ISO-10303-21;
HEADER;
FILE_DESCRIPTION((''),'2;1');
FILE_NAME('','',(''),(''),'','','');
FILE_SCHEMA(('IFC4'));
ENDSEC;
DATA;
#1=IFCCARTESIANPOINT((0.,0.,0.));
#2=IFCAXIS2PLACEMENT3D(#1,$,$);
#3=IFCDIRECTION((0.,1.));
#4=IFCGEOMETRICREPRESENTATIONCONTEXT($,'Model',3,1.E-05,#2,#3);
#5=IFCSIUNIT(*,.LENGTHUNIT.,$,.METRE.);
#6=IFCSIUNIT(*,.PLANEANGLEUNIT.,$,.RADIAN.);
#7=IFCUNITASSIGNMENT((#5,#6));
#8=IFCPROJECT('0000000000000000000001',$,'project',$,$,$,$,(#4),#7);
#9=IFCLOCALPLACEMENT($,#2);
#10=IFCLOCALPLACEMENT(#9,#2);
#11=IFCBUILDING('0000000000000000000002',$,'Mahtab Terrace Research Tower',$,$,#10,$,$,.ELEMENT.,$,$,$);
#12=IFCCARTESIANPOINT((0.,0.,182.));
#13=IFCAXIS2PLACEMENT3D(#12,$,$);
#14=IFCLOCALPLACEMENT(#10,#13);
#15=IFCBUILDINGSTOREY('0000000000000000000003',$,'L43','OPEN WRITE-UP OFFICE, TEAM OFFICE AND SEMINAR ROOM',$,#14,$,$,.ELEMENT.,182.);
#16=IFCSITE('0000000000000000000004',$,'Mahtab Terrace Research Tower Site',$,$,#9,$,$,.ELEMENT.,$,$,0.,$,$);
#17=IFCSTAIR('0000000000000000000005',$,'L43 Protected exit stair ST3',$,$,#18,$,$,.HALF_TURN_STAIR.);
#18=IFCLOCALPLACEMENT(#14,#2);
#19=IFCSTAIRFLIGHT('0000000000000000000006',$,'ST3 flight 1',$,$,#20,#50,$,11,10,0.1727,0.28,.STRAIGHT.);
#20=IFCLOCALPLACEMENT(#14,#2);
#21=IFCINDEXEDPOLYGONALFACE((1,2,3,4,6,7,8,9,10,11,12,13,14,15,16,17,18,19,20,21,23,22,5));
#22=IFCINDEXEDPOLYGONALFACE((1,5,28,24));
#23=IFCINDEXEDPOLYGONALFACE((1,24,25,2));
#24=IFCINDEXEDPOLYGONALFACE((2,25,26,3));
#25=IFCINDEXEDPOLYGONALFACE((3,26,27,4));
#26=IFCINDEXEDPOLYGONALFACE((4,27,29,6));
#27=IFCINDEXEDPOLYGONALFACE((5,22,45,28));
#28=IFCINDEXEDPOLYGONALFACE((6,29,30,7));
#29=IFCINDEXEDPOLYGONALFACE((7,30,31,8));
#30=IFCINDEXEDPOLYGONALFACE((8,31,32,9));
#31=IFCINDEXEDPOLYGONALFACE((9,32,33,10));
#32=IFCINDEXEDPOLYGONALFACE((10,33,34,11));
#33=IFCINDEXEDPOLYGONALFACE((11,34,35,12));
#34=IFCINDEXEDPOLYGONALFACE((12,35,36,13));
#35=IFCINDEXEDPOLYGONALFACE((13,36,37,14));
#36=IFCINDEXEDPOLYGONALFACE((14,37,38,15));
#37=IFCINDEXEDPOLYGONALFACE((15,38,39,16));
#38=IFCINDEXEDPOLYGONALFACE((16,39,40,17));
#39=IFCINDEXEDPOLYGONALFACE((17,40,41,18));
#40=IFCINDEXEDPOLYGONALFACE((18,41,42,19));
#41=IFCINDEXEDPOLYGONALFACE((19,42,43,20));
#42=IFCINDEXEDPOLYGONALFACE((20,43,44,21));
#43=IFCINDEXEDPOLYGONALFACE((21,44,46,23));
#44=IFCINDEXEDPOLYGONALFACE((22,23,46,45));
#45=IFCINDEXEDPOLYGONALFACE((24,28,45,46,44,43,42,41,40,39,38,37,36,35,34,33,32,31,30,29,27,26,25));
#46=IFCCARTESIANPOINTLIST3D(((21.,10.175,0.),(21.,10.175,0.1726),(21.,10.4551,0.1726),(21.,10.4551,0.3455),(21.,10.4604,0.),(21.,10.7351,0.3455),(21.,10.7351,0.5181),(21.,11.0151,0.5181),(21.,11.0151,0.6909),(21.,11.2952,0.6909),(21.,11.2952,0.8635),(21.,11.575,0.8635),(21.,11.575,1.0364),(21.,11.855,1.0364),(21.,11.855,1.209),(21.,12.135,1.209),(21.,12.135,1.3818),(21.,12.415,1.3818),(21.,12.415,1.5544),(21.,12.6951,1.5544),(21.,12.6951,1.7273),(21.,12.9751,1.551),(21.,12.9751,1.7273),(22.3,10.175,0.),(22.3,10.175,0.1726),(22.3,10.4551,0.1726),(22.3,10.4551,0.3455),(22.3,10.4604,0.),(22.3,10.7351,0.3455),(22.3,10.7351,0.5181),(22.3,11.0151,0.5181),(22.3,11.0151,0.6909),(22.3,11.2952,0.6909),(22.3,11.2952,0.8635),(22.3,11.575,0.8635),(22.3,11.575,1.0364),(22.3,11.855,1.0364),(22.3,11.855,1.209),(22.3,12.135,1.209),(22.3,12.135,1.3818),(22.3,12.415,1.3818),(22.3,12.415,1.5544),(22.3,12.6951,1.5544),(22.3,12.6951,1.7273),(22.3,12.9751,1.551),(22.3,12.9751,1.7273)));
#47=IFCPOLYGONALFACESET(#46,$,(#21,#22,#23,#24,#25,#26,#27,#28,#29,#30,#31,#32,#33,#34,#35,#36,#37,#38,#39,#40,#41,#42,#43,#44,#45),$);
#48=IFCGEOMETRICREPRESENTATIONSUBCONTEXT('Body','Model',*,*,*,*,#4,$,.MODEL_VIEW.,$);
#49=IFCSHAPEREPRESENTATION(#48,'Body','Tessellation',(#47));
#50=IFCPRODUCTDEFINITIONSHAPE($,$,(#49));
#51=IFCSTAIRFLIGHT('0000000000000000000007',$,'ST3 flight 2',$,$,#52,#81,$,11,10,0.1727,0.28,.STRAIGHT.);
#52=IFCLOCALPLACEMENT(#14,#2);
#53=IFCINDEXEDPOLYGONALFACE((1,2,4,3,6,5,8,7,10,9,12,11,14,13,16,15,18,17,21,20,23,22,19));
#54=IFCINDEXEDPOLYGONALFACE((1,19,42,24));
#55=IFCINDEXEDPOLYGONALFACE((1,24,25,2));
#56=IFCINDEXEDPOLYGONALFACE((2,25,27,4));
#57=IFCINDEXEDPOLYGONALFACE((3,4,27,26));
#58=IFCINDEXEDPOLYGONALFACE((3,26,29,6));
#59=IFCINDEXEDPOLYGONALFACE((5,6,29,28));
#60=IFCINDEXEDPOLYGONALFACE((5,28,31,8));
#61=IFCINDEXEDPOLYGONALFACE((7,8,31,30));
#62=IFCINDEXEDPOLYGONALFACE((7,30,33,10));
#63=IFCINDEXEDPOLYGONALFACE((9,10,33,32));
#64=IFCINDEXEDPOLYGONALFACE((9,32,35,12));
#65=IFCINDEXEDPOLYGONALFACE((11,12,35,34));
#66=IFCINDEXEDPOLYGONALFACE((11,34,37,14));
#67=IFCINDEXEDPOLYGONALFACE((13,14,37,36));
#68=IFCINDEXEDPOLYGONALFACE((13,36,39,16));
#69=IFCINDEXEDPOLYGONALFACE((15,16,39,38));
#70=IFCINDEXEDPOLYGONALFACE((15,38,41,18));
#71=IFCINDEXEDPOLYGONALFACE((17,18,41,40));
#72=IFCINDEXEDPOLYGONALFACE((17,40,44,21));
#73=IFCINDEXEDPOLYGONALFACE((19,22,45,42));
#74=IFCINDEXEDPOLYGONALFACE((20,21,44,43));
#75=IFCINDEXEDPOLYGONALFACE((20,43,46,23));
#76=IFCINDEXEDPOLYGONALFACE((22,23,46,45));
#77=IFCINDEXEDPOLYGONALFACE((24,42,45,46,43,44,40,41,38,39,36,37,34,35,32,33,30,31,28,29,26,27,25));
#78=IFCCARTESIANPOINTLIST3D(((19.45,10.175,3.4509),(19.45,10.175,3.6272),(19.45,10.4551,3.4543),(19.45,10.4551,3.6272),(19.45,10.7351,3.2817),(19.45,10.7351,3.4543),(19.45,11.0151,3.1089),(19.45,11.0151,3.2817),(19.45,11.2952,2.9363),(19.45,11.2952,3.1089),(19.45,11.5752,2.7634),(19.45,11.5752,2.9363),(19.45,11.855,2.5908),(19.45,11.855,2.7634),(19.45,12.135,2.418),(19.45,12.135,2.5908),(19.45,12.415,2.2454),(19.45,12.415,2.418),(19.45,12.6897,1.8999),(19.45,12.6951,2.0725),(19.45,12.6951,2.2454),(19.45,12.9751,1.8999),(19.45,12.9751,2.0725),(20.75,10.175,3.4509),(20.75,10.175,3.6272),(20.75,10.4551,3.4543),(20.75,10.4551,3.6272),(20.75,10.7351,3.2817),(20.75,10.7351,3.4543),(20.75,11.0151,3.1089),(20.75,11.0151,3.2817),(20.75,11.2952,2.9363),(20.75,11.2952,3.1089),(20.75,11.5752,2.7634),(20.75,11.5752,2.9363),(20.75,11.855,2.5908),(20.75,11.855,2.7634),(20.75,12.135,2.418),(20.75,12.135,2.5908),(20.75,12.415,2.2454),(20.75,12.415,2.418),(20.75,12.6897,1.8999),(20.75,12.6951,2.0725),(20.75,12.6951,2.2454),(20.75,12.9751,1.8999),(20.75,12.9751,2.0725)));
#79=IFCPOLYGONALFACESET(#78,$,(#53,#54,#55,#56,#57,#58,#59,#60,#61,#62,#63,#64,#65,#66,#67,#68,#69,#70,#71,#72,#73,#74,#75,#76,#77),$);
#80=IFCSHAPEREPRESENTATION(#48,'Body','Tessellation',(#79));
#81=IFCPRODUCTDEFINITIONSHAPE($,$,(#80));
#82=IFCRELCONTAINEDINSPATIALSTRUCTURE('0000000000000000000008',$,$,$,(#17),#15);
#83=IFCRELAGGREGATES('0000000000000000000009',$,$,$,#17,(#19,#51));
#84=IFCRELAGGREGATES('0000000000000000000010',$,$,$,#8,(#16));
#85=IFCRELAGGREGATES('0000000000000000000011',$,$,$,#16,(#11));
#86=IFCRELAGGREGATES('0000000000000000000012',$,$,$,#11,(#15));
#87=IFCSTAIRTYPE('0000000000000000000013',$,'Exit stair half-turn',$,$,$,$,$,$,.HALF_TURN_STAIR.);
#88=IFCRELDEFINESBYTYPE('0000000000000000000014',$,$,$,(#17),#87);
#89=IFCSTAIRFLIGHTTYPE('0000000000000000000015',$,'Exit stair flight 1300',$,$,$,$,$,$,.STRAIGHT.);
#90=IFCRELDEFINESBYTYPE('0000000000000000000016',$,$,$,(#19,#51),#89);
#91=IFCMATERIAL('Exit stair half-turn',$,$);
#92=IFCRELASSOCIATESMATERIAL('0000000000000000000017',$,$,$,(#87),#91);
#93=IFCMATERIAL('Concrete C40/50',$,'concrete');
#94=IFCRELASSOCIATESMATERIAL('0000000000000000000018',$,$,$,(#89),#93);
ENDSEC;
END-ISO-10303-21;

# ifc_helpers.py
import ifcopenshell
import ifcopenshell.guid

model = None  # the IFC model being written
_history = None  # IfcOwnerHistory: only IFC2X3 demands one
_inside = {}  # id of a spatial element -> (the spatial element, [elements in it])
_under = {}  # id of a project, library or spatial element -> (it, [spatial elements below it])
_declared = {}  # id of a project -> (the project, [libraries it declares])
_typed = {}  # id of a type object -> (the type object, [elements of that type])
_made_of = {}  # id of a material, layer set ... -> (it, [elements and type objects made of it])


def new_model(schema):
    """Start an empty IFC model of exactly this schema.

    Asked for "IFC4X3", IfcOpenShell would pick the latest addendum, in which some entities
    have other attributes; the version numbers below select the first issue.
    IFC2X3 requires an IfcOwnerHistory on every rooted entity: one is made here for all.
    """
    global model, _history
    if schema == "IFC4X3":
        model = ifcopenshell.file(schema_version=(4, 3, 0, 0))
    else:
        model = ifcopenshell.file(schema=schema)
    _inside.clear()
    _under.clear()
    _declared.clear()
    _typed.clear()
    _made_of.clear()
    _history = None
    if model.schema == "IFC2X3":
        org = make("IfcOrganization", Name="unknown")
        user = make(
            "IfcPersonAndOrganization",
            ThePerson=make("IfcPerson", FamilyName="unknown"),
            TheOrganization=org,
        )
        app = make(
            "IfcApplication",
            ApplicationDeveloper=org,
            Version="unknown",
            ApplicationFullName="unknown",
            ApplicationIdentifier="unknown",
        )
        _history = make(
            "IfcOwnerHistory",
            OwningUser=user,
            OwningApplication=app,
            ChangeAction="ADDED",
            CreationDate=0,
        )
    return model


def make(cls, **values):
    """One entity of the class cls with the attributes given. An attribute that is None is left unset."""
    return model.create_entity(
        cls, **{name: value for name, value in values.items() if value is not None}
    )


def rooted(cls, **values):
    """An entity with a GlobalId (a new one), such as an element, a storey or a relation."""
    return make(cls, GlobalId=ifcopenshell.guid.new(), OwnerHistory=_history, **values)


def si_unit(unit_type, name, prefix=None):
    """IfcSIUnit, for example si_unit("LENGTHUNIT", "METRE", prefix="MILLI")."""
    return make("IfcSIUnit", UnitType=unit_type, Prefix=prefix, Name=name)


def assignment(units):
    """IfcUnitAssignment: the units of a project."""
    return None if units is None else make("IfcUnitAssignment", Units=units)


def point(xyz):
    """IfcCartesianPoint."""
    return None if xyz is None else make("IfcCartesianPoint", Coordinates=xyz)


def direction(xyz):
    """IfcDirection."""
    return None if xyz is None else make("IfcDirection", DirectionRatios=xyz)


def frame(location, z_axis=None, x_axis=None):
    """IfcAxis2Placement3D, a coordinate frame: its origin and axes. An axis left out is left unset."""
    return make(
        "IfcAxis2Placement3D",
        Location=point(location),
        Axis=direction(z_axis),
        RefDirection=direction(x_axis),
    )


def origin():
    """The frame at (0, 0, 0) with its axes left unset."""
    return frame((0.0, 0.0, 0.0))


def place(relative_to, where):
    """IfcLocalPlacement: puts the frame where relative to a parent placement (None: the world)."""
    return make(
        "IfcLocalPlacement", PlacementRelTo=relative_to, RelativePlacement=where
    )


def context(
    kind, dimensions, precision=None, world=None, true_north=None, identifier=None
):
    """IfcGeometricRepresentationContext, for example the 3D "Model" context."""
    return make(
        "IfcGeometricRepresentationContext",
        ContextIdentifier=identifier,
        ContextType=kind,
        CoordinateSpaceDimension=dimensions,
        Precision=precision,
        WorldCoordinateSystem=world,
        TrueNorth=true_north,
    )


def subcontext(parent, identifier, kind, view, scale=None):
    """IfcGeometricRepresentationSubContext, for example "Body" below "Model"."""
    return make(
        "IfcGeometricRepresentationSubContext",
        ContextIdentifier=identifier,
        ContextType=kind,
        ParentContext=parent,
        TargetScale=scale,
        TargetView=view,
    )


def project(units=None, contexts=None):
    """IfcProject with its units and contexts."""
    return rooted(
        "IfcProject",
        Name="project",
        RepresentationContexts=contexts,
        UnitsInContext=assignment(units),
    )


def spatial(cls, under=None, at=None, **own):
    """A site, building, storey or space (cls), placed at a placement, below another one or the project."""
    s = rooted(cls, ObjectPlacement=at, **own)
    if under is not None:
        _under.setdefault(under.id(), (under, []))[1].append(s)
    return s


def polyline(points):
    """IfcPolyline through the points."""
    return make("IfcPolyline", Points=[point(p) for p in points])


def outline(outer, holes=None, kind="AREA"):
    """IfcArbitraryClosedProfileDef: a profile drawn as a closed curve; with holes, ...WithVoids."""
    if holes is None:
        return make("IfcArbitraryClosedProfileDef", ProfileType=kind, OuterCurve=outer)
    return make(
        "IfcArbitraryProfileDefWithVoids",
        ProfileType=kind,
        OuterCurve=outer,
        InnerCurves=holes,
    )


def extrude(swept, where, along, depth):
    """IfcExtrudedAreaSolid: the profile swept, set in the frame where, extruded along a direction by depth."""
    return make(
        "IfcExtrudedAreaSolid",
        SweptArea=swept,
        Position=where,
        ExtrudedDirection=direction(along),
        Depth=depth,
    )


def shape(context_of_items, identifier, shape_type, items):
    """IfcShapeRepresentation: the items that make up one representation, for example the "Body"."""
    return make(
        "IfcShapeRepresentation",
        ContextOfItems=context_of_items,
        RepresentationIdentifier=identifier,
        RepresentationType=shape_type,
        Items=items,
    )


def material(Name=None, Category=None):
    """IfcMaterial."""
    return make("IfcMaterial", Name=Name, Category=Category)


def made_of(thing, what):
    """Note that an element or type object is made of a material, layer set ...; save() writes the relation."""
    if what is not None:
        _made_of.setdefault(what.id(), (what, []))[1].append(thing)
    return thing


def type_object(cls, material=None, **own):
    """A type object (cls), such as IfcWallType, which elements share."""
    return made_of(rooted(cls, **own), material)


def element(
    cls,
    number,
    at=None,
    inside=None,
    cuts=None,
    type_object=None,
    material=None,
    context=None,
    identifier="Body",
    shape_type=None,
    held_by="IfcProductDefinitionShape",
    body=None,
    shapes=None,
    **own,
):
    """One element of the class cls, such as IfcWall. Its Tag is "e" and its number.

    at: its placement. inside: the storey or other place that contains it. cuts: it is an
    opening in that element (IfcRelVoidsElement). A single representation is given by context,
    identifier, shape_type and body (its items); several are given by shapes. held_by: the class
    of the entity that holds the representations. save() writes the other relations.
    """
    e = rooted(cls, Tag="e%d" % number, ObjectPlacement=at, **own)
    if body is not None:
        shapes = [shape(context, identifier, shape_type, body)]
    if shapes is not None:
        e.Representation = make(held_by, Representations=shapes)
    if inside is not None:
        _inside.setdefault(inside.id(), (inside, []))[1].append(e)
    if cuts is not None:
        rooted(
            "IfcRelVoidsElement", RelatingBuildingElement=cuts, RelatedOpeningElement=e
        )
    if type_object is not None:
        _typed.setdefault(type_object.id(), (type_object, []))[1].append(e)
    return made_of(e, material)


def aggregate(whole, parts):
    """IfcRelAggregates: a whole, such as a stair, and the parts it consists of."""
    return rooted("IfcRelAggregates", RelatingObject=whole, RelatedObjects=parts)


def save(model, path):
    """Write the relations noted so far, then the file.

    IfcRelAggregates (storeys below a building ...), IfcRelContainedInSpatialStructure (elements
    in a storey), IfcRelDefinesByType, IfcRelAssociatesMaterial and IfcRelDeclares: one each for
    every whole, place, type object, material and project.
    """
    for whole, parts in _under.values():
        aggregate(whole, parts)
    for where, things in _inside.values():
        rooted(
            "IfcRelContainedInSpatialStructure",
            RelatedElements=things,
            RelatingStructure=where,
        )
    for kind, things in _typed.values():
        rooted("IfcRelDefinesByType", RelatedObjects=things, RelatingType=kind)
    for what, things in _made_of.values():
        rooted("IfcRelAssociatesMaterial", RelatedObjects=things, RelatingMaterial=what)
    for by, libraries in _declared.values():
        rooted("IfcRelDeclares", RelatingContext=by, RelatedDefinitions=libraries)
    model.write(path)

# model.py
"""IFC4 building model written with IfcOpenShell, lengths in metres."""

from ifc_helpers import new_model, si_unit, direction, frame, origin, place, context, subcontext, project, spatial, polyline, outline, extrude, material, type_object, element, aggregate, save


model = new_model("IFC4")

# Units and contexts
model_context = context("Model", 3, precision=1e-05, world=origin(), true_north=direction((0.0, 1.0)))
body_context = subcontext(model_context, "Body", "Model", "MODEL_VIEW")
ifc_project = project(units=[si_unit("LENGTHUNIT", "METRE"), si_unit("PLANEANGLEUNIT", "RADIAN")], contexts=[model_context])

# Site, building, storey
site_placement = place(None, origin())
site = spatial("IfcSite", under=ifc_project, at=site_placement, Name="Mahtab Terrace Research Tower Site", CompositionType="ELEMENT", RefElevation=0.0)
building_placement = place(site_placement, origin())
building = spatial("IfcBuilding", under=site, at=building_placement, Name="Mahtab Terrace Research Tower", CompositionType="ELEMENT")
storey_placement = place(building_placement, frame((0.0, 0.0, 182.0)))
storey = spatial("IfcBuildingStorey", under=building, at=storey_placement, Name="L43", Description="OPEN WRITE-UP OFFICE, TEAM OFFICE AND SEMINAR ROOM", CompositionType="ELEMENT", Elevation=182.0)

# Stair, stair flights
ifc_material_1 = material(Name="Exit stair half-turn")
stair_type = type_object("IfcStairType", Name="Exit stair half-turn", PredefinedType="HALF_TURN_STAIR", material=ifc_material_1)
stair_placement = place(storey_placement, origin())
stair = element("IfcStair", 1, at=stair_placement, inside=storey, type_object=stair_type, Name="L43 Protected exit stair ST3", PredefinedType="HALF_TURN_STAIR")
ifc_material_2 = material(Name="Concrete C40/50", Category="concrete")
stair_flight_type = type_object("IfcStairFlightType", Name="Exit stair flight 1300", PredefinedType="STRAIGHT", material=ifc_material_2)
stair_flight_1_placement = place(storey_placement, frame((21.6499, 10.175, 0.0), z_axis=(0.0, 0.0, 1.0), x_axis=(0.0, 1.0, 0.0)))
stair_flight_1 = element("IfcStairFlight", 2, at=stair_flight_1_placement, type_object=stair_flight_type, Name="ST3 flight 1", NumberOfRisers=11, NumberOfTreads=10, PredefinedType="STRAIGHT", RiserHeight=0.1727, TreadLength=0.28, context=body_context, shape_type="SweptSolid", body=[
    extrude(outline(polyline([(0.0, 0.0), (0.0, 0.1726), (0.28, 0.1726), (0.28, 0.3455), (0.5601, 0.3455), (0.5601, 0.5181), (0.8401, 0.5181), (0.8401, 0.6909), (1.1201, 0.6909), (1.1201, 0.8635), (1.3999, 0.8635), (1.3999, 1.0364), (1.6799, 1.0364), (1.6799, 1.209), (1.96, 1.209), (1.96, 1.3818), (2.24, 1.3818), (2.24, 1.5544), (2.52, 1.5544), (2.52, 1.7273), (2.8, 1.7273), (2.8, 1.8999), (2.8, 1.551), (0.2854, 0.0), (0.0, 0.0)])), frame((0.0, 0.6499, 0.0), z_axis=(0.0, -1.0, 0.0), x_axis=(1.0, 0.0, 0.0)), (0.0, 0.0, 1.0), 1.3),
])
stair_flight_2_placement = place(storey_placement, frame((20.1001, 12.9751, 1.8999), z_axis=(0.0, 0.0, 1.0), x_axis=(0.0, -1.0, 0.0)))
stair_flight_2 = element("IfcStairFlight", 3, at=stair_flight_2_placement, type_object=stair_flight_type, Name="ST3 flight 2", NumberOfRisers=11, NumberOfTreads=10, PredefinedType="STRAIGHT", RiserHeight=0.1727, TreadLength=0.28, context=body_context, shape_type="SweptSolid", body=[
    extrude(outline(polyline([(0.0, 0.0), (0.0, 0.1726), (0.28, 0.1726), (0.28, 0.3455), (0.5601, 0.3455), (0.5601, 0.5181), (0.8401, 0.5181), (0.8401, 0.6909), (1.1201, 0.6909), (1.1201, 0.8635), (1.3999, 0.8635), (1.3999, 1.0364), (1.6799, 1.0364), (1.6799, 1.209), (1.96, 1.209), (1.96, 1.3818), (2.24, 1.3818), (2.24, 1.5544), (2.52, 1.5544), (2.52, 1.7273), (2.8, 1.7273), (2.8, 1.8999), (2.8, 1.551), (0.2854, 0.0), (0.0, 0.0)])), frame((0.0, 0.6499, 0.0), z_axis=(0.0, -1.0, 0.0), x_axis=(1.0, 0.0, 0.0)), (0.0, 0.0, 1.0), 1.3),
])
aggregate(stair, [stair_flight_1, stair_flight_2])

save(model, "model.ifc")
